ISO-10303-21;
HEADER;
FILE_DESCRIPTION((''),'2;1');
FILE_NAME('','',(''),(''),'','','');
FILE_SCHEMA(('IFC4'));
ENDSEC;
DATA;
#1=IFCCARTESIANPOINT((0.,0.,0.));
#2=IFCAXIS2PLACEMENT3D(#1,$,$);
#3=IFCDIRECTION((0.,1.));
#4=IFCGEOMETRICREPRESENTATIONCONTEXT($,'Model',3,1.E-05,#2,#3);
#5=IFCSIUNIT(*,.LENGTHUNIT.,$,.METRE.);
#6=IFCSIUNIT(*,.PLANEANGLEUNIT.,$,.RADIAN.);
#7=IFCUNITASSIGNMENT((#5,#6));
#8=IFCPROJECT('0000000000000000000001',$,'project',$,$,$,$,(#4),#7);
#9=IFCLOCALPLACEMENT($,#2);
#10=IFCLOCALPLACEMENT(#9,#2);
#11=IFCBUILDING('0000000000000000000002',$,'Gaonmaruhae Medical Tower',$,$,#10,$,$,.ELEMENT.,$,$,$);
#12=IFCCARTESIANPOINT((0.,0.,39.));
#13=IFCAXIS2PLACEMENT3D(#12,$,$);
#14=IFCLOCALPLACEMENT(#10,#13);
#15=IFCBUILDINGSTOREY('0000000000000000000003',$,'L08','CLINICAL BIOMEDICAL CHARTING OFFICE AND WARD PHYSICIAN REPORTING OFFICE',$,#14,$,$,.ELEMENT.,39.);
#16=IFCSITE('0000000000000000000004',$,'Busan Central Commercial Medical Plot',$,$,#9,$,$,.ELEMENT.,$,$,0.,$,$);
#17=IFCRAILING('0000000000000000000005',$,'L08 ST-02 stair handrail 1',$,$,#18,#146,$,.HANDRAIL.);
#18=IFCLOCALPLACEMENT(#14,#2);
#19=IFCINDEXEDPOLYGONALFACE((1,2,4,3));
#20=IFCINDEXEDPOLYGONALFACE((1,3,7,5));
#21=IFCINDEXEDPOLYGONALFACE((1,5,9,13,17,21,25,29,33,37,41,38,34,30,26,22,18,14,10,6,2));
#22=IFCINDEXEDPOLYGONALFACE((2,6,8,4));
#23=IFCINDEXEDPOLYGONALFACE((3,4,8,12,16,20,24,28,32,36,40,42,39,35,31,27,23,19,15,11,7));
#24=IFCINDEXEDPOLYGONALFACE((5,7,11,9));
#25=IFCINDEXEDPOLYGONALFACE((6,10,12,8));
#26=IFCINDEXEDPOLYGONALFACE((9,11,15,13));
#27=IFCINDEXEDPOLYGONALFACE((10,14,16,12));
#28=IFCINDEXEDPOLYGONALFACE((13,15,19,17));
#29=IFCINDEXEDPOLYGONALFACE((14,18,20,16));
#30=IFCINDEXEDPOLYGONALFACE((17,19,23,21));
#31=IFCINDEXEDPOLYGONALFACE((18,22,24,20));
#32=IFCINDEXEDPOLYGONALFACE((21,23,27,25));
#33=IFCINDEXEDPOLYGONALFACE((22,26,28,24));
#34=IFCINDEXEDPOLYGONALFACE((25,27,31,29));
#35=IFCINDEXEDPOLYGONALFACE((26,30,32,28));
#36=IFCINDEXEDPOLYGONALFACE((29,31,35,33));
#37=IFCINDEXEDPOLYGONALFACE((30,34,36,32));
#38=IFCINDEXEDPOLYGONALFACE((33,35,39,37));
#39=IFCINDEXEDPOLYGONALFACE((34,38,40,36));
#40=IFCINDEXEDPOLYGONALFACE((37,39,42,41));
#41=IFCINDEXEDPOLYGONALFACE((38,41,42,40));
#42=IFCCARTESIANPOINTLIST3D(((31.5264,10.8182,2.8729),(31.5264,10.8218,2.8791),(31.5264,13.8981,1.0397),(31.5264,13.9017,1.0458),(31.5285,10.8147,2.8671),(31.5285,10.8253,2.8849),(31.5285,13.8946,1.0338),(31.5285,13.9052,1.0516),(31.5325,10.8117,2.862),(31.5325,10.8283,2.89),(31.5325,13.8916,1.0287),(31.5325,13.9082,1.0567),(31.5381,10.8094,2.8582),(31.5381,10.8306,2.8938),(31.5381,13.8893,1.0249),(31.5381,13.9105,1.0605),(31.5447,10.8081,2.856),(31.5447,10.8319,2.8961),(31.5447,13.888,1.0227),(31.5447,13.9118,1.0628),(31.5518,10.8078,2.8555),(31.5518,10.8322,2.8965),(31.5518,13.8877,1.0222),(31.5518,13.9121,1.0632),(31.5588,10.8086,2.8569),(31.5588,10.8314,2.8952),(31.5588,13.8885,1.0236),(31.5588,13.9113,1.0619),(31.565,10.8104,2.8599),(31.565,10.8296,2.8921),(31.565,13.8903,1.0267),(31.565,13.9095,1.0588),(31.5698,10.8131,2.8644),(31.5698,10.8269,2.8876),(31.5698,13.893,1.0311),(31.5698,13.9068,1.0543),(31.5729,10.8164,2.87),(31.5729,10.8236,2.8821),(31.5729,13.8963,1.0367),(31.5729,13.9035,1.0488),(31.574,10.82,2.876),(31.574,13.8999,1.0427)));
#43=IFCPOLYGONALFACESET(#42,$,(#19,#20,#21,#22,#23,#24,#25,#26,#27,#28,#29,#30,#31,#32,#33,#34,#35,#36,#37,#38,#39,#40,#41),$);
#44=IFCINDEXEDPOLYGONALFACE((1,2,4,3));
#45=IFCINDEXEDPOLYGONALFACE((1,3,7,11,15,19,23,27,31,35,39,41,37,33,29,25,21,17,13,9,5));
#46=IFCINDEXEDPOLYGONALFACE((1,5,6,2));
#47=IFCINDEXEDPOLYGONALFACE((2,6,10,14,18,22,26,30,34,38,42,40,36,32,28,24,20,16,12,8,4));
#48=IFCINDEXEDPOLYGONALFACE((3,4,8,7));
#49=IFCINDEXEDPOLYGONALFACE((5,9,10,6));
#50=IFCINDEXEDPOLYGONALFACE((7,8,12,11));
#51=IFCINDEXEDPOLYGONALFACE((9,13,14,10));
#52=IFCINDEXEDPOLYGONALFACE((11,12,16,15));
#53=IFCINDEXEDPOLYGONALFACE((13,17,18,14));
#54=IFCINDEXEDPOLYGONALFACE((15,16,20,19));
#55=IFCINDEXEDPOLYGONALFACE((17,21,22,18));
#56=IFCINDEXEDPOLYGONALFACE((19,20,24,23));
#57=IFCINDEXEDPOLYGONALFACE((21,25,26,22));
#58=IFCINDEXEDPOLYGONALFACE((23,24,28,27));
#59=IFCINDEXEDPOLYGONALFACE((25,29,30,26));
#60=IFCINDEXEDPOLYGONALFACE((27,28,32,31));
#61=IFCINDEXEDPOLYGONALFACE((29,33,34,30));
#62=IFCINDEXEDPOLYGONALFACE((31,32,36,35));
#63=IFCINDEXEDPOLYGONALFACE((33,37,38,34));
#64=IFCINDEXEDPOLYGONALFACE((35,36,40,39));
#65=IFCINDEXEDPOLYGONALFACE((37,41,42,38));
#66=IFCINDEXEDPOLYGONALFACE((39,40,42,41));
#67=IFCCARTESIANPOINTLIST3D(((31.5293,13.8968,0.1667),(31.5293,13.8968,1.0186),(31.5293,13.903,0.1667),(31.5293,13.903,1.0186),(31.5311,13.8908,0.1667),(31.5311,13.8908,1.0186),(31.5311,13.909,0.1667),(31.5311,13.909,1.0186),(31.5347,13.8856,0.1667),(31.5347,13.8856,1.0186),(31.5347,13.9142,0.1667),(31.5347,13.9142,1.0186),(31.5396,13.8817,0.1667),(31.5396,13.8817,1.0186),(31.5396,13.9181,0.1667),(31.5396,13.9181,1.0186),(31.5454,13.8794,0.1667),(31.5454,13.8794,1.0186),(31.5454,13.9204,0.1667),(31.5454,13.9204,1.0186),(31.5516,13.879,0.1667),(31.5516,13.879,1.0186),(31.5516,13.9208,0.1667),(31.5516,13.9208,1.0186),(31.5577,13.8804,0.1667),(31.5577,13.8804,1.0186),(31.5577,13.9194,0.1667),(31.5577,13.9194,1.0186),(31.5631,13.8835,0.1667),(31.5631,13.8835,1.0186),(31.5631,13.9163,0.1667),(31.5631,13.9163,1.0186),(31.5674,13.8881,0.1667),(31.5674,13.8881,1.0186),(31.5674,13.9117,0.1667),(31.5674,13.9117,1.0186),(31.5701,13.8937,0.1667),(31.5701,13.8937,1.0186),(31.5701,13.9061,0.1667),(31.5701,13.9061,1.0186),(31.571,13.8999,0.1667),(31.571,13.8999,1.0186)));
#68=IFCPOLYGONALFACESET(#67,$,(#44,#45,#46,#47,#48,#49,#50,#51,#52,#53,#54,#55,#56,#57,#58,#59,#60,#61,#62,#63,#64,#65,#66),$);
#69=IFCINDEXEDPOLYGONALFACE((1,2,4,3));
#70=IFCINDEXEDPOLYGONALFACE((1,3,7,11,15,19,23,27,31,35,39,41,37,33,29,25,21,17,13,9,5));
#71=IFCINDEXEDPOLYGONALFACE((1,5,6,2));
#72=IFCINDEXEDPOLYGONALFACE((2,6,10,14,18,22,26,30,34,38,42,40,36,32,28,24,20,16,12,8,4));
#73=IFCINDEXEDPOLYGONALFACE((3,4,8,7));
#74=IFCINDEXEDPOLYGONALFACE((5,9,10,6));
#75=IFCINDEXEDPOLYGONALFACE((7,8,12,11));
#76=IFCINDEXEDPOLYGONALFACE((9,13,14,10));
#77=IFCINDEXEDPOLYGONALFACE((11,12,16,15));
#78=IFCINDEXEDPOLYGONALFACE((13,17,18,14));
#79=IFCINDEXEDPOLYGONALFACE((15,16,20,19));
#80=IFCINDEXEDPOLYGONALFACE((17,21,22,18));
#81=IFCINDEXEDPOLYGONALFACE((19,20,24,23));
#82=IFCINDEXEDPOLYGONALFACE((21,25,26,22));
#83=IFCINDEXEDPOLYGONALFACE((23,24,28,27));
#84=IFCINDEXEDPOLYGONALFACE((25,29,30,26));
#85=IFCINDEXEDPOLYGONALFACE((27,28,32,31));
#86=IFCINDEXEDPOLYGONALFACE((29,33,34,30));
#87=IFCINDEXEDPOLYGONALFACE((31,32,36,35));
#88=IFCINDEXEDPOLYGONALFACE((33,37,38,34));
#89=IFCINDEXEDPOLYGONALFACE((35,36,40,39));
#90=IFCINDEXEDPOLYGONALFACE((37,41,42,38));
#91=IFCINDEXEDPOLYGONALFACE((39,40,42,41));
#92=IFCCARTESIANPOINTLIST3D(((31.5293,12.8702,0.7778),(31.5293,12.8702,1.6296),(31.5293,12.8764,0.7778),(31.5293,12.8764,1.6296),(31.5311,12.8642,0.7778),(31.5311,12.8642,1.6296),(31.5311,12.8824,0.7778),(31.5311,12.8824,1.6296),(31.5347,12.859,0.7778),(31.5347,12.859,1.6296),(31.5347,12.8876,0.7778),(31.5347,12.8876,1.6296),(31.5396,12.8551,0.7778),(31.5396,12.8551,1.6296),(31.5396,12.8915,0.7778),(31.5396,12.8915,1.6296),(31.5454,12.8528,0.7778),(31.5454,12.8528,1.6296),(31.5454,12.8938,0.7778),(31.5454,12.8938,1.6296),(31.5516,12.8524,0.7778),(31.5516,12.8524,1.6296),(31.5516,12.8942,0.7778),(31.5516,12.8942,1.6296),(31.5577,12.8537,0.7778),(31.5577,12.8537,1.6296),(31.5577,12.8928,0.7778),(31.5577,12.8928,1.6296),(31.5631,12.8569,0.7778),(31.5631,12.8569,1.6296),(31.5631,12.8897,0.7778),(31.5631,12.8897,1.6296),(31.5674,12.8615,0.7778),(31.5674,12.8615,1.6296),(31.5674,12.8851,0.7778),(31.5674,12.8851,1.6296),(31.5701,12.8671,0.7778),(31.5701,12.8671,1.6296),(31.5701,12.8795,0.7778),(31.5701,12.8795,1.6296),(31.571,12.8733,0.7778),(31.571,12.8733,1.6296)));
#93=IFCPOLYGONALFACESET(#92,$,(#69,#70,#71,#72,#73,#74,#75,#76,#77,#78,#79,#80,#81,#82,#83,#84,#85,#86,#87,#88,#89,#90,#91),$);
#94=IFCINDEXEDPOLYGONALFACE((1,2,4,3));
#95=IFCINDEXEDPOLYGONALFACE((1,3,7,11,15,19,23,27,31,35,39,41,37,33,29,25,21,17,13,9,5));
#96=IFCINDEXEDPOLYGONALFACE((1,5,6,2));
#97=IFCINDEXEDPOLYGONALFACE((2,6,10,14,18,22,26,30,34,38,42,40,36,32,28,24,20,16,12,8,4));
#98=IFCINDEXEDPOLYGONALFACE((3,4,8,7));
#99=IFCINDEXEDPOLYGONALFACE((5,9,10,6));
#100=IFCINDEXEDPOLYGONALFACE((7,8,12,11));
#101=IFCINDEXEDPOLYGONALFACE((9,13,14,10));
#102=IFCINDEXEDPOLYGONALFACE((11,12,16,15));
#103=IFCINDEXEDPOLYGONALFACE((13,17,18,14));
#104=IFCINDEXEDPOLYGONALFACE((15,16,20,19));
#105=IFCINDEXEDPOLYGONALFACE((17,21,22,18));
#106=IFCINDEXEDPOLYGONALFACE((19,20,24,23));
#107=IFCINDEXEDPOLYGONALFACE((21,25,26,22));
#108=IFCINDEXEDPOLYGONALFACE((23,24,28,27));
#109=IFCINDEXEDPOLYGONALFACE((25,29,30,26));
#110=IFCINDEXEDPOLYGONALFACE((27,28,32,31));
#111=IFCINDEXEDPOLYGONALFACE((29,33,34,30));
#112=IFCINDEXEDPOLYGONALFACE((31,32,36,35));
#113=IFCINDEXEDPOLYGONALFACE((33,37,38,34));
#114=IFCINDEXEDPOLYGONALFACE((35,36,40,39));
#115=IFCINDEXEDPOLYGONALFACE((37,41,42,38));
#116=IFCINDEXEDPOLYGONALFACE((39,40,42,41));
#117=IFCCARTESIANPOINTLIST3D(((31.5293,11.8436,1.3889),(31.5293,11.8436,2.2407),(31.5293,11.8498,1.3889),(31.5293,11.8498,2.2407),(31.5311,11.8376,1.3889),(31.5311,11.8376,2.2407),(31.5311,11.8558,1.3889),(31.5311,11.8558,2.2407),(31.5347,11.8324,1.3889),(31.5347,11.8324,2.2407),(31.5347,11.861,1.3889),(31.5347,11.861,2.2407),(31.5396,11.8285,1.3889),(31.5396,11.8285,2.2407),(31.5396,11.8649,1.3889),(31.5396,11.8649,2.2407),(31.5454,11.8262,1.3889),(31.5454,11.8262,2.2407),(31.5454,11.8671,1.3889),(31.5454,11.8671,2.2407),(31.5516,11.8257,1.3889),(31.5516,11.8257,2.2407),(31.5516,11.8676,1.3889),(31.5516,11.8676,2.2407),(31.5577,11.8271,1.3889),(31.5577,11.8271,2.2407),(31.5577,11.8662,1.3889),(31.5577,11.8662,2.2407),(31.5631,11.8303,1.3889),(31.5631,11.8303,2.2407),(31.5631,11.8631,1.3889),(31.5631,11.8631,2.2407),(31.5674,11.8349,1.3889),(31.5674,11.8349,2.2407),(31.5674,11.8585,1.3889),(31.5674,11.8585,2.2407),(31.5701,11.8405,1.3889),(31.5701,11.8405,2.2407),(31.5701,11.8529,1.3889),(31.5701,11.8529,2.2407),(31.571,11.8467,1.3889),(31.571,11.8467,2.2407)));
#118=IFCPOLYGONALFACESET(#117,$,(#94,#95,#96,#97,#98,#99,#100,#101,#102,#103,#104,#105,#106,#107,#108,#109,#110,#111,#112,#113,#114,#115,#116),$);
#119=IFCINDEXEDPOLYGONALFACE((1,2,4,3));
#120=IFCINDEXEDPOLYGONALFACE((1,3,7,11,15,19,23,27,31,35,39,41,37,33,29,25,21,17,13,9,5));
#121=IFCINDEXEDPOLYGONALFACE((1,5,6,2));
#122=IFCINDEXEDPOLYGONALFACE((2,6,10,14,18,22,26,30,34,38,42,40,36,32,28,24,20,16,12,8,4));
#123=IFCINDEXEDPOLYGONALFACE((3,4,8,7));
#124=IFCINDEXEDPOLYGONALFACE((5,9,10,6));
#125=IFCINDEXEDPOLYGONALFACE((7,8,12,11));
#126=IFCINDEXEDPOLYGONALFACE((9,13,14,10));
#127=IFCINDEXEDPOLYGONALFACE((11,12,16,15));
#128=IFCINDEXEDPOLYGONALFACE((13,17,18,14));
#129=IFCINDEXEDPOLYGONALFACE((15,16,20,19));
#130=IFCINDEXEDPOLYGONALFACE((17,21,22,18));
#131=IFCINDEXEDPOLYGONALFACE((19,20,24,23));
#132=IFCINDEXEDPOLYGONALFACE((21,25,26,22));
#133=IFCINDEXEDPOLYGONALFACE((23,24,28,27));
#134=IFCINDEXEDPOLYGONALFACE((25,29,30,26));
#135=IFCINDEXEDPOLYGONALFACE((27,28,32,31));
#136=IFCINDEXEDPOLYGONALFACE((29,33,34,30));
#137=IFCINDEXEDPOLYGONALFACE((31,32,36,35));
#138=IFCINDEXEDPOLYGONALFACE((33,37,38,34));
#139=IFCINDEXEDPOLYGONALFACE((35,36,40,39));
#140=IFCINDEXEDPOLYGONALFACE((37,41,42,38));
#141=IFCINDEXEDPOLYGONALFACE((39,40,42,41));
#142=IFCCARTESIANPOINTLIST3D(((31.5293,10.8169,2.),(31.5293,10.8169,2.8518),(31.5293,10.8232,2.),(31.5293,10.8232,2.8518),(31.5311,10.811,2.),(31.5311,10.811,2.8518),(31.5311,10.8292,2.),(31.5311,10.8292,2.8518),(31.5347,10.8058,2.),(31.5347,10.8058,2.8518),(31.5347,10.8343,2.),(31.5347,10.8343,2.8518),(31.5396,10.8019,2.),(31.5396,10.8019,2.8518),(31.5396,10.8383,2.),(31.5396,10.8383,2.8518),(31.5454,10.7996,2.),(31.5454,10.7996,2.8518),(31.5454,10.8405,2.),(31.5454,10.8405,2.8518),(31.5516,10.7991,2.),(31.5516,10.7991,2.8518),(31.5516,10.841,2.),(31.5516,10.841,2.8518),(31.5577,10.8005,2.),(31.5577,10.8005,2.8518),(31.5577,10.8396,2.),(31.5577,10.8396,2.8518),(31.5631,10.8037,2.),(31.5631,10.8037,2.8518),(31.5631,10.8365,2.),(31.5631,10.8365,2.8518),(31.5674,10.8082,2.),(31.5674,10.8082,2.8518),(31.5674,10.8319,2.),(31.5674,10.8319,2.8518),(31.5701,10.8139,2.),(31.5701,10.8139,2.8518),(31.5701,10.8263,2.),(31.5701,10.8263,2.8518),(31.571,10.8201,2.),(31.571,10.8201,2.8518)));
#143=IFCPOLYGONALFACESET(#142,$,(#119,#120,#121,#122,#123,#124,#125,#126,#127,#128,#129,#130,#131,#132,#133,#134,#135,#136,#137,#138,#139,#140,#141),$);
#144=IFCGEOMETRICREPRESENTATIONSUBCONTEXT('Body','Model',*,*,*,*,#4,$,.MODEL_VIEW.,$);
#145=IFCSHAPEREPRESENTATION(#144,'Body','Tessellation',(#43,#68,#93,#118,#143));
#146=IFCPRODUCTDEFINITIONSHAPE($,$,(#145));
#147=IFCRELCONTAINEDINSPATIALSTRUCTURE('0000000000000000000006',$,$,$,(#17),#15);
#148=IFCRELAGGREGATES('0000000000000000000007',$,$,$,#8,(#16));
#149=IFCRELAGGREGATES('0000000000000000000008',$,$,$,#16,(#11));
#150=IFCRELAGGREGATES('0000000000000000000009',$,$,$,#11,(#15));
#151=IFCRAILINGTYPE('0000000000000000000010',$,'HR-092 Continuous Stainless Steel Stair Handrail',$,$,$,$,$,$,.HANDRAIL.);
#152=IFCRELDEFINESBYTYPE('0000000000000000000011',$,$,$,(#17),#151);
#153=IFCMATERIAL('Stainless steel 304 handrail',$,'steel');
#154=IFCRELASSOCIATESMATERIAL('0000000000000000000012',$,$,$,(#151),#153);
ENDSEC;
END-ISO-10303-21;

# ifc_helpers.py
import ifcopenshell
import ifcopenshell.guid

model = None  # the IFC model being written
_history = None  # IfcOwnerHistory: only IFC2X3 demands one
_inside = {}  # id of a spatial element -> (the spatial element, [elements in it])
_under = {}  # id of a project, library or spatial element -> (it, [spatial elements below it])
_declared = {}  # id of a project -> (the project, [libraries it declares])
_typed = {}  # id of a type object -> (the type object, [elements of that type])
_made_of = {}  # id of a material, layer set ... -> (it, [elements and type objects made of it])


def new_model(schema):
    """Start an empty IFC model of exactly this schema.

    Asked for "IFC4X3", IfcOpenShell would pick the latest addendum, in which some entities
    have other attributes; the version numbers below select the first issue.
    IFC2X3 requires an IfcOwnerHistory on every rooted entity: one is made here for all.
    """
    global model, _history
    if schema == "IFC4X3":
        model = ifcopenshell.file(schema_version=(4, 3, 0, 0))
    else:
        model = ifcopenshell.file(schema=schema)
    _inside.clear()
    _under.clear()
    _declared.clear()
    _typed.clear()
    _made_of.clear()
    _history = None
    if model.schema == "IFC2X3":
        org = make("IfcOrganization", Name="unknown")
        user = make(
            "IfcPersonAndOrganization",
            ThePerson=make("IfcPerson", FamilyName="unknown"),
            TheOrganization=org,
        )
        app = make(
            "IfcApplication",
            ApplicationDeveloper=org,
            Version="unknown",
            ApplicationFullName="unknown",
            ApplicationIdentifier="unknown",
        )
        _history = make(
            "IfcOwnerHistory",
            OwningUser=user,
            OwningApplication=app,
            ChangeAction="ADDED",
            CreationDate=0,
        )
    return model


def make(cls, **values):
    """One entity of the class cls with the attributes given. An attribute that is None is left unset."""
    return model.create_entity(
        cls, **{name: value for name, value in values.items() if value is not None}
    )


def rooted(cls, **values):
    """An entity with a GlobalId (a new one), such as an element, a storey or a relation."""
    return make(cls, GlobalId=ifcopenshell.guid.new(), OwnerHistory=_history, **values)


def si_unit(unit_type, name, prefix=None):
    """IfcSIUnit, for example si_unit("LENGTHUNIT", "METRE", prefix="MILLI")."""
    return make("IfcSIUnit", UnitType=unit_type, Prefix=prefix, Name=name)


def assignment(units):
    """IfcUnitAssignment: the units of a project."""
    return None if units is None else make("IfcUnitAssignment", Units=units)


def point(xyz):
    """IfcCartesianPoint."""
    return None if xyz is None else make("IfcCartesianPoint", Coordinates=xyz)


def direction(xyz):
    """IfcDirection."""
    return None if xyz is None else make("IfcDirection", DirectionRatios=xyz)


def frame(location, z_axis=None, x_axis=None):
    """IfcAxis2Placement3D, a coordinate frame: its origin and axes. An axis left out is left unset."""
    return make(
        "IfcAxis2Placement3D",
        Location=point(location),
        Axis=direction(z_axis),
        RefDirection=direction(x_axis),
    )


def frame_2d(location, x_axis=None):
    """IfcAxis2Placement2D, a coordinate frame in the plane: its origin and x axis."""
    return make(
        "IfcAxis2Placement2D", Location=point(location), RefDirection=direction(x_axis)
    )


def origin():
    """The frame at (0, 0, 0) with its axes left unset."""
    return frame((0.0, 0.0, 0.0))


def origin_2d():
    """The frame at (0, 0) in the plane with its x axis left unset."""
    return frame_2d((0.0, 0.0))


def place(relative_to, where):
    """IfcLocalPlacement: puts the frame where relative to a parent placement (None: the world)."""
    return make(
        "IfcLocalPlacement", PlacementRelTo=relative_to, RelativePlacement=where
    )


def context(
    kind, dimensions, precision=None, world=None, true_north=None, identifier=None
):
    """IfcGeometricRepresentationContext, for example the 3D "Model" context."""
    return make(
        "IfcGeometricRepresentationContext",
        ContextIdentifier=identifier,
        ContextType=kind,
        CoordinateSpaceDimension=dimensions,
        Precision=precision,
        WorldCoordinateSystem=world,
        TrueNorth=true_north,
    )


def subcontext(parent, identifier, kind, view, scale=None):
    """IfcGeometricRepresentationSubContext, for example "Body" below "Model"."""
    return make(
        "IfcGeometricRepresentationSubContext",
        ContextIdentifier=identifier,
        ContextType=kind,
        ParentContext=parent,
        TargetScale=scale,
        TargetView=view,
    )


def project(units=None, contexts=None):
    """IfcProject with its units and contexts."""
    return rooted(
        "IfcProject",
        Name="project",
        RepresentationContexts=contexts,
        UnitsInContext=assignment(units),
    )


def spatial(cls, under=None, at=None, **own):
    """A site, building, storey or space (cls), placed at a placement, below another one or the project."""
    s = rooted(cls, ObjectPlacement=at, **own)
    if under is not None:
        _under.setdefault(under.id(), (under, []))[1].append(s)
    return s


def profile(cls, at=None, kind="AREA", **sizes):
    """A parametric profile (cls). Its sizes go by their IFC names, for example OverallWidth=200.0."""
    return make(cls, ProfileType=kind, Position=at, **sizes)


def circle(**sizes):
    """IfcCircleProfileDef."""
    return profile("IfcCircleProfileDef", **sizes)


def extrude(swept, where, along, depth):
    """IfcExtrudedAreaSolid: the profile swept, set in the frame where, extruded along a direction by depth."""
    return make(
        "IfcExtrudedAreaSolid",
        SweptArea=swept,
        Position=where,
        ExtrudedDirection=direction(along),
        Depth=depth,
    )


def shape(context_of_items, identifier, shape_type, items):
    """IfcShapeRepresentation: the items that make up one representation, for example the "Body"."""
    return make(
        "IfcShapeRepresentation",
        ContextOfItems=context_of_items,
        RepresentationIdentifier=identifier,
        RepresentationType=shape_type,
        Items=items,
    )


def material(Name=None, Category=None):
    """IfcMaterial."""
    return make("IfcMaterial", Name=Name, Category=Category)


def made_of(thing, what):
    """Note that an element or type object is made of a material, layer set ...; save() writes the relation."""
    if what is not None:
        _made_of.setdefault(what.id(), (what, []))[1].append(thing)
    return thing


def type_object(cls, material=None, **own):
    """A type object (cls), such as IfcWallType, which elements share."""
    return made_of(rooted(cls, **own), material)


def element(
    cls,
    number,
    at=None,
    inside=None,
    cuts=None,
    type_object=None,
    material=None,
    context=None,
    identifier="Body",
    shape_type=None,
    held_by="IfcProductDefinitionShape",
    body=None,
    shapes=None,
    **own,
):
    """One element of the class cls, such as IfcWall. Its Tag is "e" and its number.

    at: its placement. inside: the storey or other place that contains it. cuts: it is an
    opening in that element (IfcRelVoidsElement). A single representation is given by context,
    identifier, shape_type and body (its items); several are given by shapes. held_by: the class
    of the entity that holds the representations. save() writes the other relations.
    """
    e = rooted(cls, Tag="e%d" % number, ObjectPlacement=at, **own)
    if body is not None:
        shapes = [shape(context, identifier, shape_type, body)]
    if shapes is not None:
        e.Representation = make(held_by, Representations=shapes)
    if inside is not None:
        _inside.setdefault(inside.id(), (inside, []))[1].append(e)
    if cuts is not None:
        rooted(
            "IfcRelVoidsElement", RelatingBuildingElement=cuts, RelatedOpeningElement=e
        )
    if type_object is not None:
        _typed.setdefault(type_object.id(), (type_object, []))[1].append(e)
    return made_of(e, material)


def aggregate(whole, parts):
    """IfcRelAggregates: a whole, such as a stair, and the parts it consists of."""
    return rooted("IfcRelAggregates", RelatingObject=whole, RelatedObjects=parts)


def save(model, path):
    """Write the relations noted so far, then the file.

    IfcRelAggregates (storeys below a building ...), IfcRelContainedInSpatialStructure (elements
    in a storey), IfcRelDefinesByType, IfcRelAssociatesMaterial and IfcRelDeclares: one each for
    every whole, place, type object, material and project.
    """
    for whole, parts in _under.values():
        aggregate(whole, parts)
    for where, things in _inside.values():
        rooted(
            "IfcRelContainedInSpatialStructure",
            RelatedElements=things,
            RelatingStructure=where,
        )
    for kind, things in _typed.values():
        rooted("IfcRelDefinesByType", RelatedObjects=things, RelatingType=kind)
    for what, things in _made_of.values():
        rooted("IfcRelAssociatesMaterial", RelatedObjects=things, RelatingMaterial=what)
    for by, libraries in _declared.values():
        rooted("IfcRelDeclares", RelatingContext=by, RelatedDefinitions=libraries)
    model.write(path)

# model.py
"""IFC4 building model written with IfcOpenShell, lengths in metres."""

from ifc_helpers import new_model, si_unit, direction, frame, origin, origin_2d, place, context, subcontext, project, spatial, circle, extrude, material, type_object, element, save


model = new_model("IFC4")

# Units and contexts
model_context = context("Model", 3, precision=1e-05, world=origin(), true_north=direction((0.0, 1.0)))
body_context = subcontext(model_context, "Body", "Model", "MODEL_VIEW")
ifc_project = project(units=[si_unit("LENGTHUNIT", "METRE"), si_unit("PLANEANGLEUNIT", "RADIAN")], contexts=[model_context])

# Site, building, storey
site_placement = place(None, origin())
site = spatial("IfcSite", under=ifc_project, at=site_placement, Name="Busan Central Commercial Medical Plot", CompositionType="ELEMENT", RefElevation=0.0)
building_placement = place(site_placement, origin())
building = spatial("IfcBuilding", under=site, at=building_placement, Name="Gaonmaruhae Medical Tower", CompositionType="ELEMENT")
storey_placement = place(building_placement, frame((0.0, 0.0, 39.0)))
storey = spatial("IfcBuildingStorey", under=building, at=storey_placement, Name="L08", Description="CLINICAL BIOMEDICAL CHARTING OFFICE AND WARD PHYSICIAN REPORTING OFFICE", CompositionType="ELEMENT", Elevation=39.0)

# Railing
ifc_material_1 = material(Name="Stainless steel 304 handrail", Category="steel")
railing_type_1 = type_object("IfcRailingType", Name="HR-092 Continuous Stainless Steel Stair Handrail", PredefinedType="HANDRAIL", material=ifc_material_1)
railing_1_placement = place(storey_placement, frame((31.55, 13.8999, 0.1667)))
element("IfcRailing", 1, at=railing_1_placement, inside=storey, type_object=railing_type_1, Name="L08 ST-02 stair handrail 1", PredefinedType="HANDRAIL", context=body_context, shape_type="SweptSolid", body=[
    extrude(circle(Radius=0.0239, at=origin_2d()), frame((0.0, 0.0, 0.876), z_axis=(0.0, -0.859291, 0.511487), x_axis=(1.0, 0.0, 0.0)), (0.0, 0.0, 1.0), 3.5842),
    extrude(circle(Radius=0.021, at=origin_2d()), origin(), (0.0, 0.0, 1.0), 0.8518),
    extrude(circle(Radius=0.021, at=origin_2d()), frame((0.0, -1.0266, 0.6111)), (0.0, 0.0, 1.0), 0.8518),
    extrude(circle(Radius=0.021, at=origin_2d()), frame((0.0, -2.0532, 1.2222)), (0.0, 0.0, 1.0), 0.8518),
    extrude(circle(Radius=0.021, at=origin_2d()), frame((0.0, -3.0798, 1.8333)), (0.0, 0.0, 1.0), 0.8518),
])

save(model, "model.ifc")
